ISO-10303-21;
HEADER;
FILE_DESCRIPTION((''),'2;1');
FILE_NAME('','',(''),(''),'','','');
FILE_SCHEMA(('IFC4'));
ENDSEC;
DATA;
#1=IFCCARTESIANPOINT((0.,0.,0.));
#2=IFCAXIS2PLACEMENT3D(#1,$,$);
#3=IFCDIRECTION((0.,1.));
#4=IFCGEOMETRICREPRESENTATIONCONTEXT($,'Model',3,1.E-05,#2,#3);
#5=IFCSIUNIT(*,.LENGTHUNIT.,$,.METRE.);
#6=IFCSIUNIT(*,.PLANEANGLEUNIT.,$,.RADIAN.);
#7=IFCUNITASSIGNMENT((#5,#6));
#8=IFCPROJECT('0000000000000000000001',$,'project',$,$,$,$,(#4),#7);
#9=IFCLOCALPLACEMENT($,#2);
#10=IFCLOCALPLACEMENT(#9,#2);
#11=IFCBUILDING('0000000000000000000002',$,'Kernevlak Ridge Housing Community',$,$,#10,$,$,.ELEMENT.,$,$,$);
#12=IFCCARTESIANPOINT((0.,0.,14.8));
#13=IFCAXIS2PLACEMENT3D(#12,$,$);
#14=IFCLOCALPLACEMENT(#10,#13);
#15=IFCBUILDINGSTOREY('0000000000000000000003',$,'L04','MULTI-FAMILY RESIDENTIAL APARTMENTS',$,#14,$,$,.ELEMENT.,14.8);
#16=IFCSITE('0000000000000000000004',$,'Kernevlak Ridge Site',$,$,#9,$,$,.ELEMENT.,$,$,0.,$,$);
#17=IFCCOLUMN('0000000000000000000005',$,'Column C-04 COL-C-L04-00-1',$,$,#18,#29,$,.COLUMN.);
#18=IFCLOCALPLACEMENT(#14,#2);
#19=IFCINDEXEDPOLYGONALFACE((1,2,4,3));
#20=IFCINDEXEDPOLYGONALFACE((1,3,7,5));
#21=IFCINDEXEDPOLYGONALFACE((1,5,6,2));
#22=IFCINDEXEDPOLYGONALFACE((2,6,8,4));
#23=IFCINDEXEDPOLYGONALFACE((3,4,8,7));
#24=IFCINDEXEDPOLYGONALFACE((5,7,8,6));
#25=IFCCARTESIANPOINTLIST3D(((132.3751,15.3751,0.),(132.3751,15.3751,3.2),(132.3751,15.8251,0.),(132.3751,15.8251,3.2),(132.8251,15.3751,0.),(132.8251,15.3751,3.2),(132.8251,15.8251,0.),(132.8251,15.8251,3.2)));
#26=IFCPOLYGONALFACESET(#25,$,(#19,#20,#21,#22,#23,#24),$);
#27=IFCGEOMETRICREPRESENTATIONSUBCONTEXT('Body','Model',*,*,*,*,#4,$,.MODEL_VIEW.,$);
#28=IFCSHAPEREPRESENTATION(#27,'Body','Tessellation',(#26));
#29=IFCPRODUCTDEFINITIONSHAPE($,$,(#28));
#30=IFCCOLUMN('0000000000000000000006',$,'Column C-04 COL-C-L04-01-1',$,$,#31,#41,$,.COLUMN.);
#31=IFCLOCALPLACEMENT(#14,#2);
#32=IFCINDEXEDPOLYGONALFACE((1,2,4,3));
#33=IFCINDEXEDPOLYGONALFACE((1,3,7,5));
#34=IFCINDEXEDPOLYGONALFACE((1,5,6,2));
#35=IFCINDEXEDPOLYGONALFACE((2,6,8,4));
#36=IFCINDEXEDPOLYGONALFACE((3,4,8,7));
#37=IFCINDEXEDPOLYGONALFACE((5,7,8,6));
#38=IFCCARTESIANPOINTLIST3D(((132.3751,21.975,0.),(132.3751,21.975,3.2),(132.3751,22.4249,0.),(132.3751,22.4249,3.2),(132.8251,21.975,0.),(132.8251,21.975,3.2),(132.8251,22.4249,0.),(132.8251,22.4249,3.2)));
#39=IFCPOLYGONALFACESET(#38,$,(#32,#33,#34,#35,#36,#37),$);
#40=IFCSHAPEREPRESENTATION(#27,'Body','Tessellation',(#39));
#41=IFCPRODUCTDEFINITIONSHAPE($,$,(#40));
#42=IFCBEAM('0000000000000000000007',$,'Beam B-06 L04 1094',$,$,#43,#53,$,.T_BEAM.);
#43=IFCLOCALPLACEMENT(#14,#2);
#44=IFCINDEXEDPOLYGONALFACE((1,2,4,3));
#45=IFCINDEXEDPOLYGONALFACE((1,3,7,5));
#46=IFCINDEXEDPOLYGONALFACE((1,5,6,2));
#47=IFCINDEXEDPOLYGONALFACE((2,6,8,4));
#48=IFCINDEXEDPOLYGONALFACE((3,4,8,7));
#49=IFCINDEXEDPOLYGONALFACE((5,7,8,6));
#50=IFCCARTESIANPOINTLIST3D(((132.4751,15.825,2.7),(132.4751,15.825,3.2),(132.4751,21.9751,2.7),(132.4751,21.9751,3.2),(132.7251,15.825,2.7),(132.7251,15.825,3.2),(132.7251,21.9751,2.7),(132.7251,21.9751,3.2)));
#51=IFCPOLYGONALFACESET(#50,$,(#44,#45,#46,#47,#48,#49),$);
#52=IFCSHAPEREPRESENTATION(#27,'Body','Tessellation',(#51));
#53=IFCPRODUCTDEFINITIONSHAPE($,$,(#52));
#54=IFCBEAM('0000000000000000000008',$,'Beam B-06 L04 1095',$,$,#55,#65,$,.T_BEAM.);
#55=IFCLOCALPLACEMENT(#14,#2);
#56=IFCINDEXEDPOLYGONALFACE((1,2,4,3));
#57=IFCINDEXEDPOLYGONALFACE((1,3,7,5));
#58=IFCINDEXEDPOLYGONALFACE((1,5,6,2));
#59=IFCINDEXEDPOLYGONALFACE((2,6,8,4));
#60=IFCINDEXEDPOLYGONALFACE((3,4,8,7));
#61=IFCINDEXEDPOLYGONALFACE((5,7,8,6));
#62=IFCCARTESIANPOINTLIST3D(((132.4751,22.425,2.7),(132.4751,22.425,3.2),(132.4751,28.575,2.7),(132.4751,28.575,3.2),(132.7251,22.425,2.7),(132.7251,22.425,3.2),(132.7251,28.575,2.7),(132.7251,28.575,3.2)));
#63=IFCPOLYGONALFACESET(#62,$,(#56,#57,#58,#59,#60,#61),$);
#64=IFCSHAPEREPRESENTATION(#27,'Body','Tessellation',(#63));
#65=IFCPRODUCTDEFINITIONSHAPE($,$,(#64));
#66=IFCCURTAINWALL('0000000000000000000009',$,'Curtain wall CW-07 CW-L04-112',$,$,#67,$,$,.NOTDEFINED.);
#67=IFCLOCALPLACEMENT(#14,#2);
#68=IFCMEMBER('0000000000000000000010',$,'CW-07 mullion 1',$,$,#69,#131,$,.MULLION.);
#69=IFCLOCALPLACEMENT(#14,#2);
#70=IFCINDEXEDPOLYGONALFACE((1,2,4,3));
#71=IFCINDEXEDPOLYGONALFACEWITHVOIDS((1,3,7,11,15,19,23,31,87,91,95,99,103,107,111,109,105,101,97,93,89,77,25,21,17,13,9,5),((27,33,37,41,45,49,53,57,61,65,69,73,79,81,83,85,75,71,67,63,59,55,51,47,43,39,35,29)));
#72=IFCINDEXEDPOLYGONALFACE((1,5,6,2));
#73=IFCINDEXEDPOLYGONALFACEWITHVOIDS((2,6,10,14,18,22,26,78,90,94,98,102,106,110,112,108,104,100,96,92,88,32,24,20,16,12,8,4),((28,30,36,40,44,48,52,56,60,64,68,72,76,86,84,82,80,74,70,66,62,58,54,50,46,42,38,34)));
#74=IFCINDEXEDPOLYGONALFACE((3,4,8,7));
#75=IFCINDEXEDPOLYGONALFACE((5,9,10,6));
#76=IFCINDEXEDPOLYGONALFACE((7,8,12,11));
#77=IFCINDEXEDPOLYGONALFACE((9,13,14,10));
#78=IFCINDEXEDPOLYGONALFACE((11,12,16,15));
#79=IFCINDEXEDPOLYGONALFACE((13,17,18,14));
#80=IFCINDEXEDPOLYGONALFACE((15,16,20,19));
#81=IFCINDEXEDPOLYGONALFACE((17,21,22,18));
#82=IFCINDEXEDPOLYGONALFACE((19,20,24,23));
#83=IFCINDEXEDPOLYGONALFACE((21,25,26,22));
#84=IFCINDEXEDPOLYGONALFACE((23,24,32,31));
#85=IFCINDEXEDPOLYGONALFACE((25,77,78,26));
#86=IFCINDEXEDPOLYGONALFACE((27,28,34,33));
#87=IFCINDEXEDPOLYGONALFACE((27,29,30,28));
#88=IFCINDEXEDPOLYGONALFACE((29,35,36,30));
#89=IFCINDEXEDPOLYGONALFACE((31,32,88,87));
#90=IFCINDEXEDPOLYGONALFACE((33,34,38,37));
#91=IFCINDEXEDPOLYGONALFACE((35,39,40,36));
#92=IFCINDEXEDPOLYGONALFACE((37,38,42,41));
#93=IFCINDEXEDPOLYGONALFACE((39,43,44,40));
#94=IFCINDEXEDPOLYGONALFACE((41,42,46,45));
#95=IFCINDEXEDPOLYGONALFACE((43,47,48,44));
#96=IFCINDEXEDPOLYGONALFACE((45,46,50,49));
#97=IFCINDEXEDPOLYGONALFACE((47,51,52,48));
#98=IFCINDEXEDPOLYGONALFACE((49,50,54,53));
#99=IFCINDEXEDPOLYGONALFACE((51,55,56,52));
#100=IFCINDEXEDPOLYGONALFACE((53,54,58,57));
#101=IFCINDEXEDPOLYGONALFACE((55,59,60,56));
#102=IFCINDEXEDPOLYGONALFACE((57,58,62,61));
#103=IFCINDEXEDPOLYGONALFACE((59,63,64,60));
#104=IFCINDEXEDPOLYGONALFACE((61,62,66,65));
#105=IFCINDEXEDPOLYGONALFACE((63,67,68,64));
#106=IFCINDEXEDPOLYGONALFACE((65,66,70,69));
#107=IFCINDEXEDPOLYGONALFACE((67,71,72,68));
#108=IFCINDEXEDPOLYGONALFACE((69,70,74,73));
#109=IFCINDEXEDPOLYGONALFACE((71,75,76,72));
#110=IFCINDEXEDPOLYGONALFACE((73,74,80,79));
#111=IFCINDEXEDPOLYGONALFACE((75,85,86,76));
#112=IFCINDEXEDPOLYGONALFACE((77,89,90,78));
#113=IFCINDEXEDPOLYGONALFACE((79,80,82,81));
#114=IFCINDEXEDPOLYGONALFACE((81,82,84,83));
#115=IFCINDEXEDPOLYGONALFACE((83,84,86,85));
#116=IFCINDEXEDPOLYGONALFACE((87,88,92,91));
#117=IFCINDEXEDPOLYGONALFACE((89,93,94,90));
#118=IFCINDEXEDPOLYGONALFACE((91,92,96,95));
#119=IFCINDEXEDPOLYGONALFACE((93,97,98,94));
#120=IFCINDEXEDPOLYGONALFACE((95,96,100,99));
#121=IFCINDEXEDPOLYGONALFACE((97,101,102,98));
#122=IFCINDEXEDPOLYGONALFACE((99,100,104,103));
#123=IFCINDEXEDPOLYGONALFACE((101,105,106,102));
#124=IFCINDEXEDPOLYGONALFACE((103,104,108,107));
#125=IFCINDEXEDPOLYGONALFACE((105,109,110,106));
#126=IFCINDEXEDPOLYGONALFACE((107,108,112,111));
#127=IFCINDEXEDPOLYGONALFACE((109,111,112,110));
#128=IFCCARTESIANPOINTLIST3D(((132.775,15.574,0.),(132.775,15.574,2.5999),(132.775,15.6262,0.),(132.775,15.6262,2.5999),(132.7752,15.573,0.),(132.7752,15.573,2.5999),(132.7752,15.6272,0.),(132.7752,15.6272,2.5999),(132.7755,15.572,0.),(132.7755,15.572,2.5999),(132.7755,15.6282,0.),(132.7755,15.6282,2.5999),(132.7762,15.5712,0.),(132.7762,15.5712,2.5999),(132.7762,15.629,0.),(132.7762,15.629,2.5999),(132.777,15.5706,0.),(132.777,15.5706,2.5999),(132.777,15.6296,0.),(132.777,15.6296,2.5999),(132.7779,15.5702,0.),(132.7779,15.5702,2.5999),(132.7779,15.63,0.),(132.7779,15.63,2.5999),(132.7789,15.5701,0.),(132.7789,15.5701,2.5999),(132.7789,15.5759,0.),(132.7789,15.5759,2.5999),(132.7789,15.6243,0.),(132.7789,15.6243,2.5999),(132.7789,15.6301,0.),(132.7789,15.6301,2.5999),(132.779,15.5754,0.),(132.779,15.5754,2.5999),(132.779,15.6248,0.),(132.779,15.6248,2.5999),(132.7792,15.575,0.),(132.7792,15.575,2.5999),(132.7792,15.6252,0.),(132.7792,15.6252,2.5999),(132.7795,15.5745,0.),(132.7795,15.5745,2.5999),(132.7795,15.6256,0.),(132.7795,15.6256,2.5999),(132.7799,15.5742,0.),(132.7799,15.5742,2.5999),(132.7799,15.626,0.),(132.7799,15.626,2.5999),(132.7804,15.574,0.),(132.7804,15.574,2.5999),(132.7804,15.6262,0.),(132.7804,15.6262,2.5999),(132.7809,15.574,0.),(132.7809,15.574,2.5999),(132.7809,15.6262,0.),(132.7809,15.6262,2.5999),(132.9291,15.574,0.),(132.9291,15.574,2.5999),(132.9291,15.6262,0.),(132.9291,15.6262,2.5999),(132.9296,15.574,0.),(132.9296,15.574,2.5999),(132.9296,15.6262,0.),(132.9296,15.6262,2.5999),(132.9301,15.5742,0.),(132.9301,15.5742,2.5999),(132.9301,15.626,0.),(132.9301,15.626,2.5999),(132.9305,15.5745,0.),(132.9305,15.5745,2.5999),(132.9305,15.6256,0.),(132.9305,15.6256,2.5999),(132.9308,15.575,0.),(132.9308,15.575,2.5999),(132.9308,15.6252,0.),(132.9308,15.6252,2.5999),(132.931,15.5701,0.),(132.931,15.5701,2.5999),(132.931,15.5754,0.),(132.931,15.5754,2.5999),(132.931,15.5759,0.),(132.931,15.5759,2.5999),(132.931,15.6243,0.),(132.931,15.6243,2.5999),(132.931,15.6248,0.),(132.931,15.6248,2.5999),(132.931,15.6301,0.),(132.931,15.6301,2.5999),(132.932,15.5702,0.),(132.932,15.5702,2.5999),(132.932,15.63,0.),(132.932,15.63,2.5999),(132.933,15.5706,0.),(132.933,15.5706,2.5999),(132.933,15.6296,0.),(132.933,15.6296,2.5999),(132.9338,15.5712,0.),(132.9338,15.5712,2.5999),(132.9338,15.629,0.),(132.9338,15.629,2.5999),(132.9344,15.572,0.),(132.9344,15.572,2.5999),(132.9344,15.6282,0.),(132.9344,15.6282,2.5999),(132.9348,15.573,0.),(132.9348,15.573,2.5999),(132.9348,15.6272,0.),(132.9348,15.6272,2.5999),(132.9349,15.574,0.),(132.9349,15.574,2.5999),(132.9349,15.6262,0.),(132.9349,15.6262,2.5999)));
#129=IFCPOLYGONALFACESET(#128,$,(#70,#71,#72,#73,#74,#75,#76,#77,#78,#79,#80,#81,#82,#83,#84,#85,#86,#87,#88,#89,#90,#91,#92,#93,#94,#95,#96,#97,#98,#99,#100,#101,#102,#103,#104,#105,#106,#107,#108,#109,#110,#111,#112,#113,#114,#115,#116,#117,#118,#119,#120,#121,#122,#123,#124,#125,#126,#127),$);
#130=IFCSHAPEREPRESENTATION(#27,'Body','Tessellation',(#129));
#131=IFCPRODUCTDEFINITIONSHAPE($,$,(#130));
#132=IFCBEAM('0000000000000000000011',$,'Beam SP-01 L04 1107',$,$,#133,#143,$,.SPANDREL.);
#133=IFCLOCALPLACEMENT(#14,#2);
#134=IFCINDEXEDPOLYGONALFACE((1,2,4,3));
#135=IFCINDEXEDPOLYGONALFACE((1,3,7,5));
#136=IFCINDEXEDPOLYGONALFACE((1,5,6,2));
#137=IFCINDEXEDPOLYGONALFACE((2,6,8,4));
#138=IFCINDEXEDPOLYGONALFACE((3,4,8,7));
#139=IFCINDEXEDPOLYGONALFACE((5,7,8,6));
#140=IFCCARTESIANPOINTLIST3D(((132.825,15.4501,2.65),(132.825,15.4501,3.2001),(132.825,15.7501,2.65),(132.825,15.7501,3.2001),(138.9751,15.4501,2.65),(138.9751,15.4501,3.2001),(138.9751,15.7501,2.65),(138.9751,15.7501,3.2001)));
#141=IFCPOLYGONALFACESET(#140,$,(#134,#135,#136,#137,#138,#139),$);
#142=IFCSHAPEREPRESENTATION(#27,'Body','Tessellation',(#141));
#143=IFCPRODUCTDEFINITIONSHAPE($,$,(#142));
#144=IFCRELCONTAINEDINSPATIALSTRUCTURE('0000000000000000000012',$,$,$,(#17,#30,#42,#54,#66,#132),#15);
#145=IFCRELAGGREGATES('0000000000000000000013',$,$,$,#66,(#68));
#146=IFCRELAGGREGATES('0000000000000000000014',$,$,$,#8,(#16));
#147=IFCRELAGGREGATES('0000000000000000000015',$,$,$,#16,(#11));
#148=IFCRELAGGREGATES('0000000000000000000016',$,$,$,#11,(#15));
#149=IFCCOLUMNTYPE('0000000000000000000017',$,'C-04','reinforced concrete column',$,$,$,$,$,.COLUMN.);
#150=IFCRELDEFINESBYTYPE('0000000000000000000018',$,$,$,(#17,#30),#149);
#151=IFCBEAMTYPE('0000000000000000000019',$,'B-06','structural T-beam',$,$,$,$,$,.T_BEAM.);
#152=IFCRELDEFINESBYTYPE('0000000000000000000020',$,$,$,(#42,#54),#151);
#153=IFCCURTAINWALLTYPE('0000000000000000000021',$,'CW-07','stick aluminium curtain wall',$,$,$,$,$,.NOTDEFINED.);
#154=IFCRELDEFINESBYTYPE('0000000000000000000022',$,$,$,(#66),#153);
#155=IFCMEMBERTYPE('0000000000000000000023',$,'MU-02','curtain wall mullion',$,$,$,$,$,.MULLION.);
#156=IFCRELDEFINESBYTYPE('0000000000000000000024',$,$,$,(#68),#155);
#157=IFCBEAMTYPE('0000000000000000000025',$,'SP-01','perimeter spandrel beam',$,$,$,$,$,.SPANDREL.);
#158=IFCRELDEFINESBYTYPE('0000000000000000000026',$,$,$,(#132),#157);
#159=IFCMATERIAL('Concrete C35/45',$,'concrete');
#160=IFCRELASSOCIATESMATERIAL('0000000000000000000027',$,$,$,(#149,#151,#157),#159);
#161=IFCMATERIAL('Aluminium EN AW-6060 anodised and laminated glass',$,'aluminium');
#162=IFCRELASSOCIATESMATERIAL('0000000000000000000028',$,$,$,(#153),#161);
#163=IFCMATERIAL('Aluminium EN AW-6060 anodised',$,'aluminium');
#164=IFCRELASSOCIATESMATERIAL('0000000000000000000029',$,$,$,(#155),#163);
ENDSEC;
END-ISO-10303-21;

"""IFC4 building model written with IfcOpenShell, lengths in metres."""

from ifc_helpers import new_model, si_unit, direction, frame, origin, origin_2d, place, context, subcontext, project, spatial, rectangle, hollow_rectangle, extrude, material, material_profile, profile_set, type_object, element, aggregate, save


model = new_model("IFC4")

# Units and contexts
model_context = context("Model", 3, precision=1e-05, world=origin(), true_north=direction((0.0, 1.0)))
body_context = subcontext(model_context, "Body", "Model", "MODEL_VIEW")
ifc_project = project(units=[si_unit("LENGTHUNIT", "METRE"), si_unit("PLANEANGLEUNIT", "RADIAN")], contexts=[model_context])

# Site, building, storey
site_placement = place(None, origin())
site = spatial("IfcSite", under=ifc_project, at=site_placement, Name="Kernevlak Ridge Site", CompositionType="ELEMENT", RefElevation=0.0)
building_placement = place(site_placement, origin())
building = spatial("IfcBuilding", under=site, at=building_placement, Name="Kernevlak Ridge Housing Community", CompositionType="ELEMENT")
storey_placement = place(building_placement, frame((0.0, 0.0, 14.8)))
storey = spatial("IfcBuildingStorey", under=building, at=storey_placement, Name="L04", Description="MULTI-FAMILY RESIDENTIAL APARTMENTS", CompositionType="ELEMENT", Elevation=14.8)

# Columns
ifc_material_1 = material(Name="Concrete C35/45", Category="concrete")
ifc_material_profile_1 = material_profile(ifc_material_1, rectangle(XDim=0.45, YDim=0.45, at=origin_2d()), Name="RC 450x450")
ifc_profile_set_1 = profile_set([ifc_material_profile_1], Name="Concrete C35/45")
column_type = type_object("IfcColumnType", Name="C-04", Description="reinforced concrete column", PredefinedType="COLUMN", material=ifc_profile_set_1)
for number, where, z_axis, x_axis, name in (
    (1, (132.6001, 15.6001, 0.0), (0.0, 0.0, 1.0), (1.0, 0.0, 0.0), "Column C-04 COL-C-L04-00-1"),
    (2, (132.6001, 22.2, 0.0), (0.0, 0.0, 1.0), (1.0, 0.0, 0.0), "Column C-04 COL-C-L04-01-1"),
):
    element("IfcColumn", number, at=place(storey_placement, frame(where, z_axis=z_axis, x_axis=x_axis)), inside=storey, type_object=column_type, Name=name, PredefinedType="COLUMN", context=body_context, shape_type="SweptSolid", body=[
        extrude(rectangle(XDim=0.45, YDim=0.45, at=origin_2d()), origin(), (0.0, 0.0, 1.0), 3.2),
    ])

# Beams
ifc_material_profile_2 = material_profile(ifc_material_1, rectangle(XDim=0.25, YDim=0.5, at=origin_2d()), Name="RC 250x500")
ifc_profile_set_2 = profile_set([ifc_material_profile_2], Name="Concrete C35/45")
beam_type_1 = type_object("IfcBeamType", Name="B-06", Description="structural T-beam", PredefinedType="T_BEAM", material=ifc_profile_set_2)
beam_1_placement = place(storey_placement, frame((132.6001, 15.825, 2.95), z_axis=(0.0, 1.0, 0.0), x_axis=(-1.0, 0.0, 0.0)))
element("IfcBeam", 3, at=beam_1_placement, inside=storey, type_object=beam_type_1, Name="Beam B-06 L04 1094", PredefinedType="T_BEAM", context=body_context, shape_type="SweptSolid", body=[
    extrude(rectangle(XDim=0.25, YDim=0.5, at=origin_2d()), origin(), (0.0, 0.0, 1.0), 6.1501),
])
beam_2_placement = place(storey_placement, frame((132.6001, 22.425, 2.95), z_axis=(0.0, 1.0, 0.0), x_axis=(-1.0, 0.0, 0.0)))
element("IfcBeam", 4, at=beam_2_placement, inside=storey, type_object=beam_type_1, Name="Beam B-06 L04 1095", PredefinedType="T_BEAM", context=body_context, shape_type="SweptSolid", body=[
    extrude(rectangle(XDim=0.25, YDim=0.5, at=origin_2d()), origin(), (0.0, 0.0, 1.0), 6.1499),
])

# Curtain wall, member
ifc_material_2 = material(Name="Aluminium EN AW-6060 anodised and laminated glass", Category="aluminium")
curtain_wall_type = type_object("IfcCurtainWallType", Name="CW-07", Description="stick aluminium curtain wall", PredefinedType="NOTDEFINED", material=ifc_material_2)
curtain_wall_placement = place(storey_placement, origin())
curtain_wall = element("IfcCurtainWall", 5, at=curtain_wall_placement, inside=storey, type_object=curtain_wall_type, Name="Curtain wall CW-07 CW-L04-112", PredefinedType="NOTDEFINED")
ifc_material_3 = material(Name="Aluminium EN AW-6060 anodised", Category="aluminium")
ifc_material_profile_3 = material_profile(ifc_material_3, hollow_rectangle(XDim=0.0601, YDim=0.1599, WallThickness=0.0039, InnerFilletRadius=0.002, OuterFilletRadius=0.0039, at=origin_2d()), Name="ALU 60x160x4")
ifc_profile_set_3 = profile_set([ifc_material_profile_3], Name="Aluminium EN AW-6060 anodised")
member_type_1 = type_object("IfcMemberType", Name="MU-02", Description="curtain wall mullion", PredefinedType="MULLION", material=ifc_profile_set_3)
member_1_placement = place(storey_placement, frame((132.855, 15.6001, 0.0), z_axis=(0.0, 0.0, 1.0), x_axis=(0.0, 1.0, 0.0)))
member_1 = element("IfcMember", 6, at=member_1_placement, type_object=member_type_1, Name="CW-07 mullion 1", PredefinedType="MULLION", context=body_context, shape_type="SweptSolid", body=[
    extrude(hollow_rectangle(XDim=0.0601, YDim=0.1599, WallThickness=0.0039, InnerFilletRadius=0.002, OuterFilletRadius=0.0039, at=origin_2d()), origin(), (0.0, 0.0, 1.0), 2.5999),
])

# Beam
ifc_material_profile_4 = material_profile(ifc_material_1, rectangle(XDim=0.3, YDim=0.55, at=origin_2d()), Name="RC 300x550")
ifc_profile_set_4 = profile_set([ifc_material_profile_4], Name="Concrete C35/45")
beam_type_2 = type_object("IfcBeamType", Name="SP-01", Description="perimeter spandrel beam", PredefinedType="SPANDREL", material=ifc_profile_set_4)
beam_3_placement = place(storey_placement, frame((132.825, 15.6001, 2.925), z_axis=(1.0, 0.0, 0.0), x_axis=(0.0, 1.0, 0.0)))
element("IfcBeam", 7, at=beam_3_placement, inside=storey, type_object=beam_type_2, Name="Beam SP-01 L04 1107", PredefinedType="SPANDREL", context=body_context, shape_type="SweptSolid", body=[
    extrude(rectangle(XDim=0.3, YDim=0.55, at=origin_2d()), origin(), (0.0, 0.0, 1.0), 6.1501),
])

aggregate(curtain_wall, [member_1])

save(model, "model.ifc")
